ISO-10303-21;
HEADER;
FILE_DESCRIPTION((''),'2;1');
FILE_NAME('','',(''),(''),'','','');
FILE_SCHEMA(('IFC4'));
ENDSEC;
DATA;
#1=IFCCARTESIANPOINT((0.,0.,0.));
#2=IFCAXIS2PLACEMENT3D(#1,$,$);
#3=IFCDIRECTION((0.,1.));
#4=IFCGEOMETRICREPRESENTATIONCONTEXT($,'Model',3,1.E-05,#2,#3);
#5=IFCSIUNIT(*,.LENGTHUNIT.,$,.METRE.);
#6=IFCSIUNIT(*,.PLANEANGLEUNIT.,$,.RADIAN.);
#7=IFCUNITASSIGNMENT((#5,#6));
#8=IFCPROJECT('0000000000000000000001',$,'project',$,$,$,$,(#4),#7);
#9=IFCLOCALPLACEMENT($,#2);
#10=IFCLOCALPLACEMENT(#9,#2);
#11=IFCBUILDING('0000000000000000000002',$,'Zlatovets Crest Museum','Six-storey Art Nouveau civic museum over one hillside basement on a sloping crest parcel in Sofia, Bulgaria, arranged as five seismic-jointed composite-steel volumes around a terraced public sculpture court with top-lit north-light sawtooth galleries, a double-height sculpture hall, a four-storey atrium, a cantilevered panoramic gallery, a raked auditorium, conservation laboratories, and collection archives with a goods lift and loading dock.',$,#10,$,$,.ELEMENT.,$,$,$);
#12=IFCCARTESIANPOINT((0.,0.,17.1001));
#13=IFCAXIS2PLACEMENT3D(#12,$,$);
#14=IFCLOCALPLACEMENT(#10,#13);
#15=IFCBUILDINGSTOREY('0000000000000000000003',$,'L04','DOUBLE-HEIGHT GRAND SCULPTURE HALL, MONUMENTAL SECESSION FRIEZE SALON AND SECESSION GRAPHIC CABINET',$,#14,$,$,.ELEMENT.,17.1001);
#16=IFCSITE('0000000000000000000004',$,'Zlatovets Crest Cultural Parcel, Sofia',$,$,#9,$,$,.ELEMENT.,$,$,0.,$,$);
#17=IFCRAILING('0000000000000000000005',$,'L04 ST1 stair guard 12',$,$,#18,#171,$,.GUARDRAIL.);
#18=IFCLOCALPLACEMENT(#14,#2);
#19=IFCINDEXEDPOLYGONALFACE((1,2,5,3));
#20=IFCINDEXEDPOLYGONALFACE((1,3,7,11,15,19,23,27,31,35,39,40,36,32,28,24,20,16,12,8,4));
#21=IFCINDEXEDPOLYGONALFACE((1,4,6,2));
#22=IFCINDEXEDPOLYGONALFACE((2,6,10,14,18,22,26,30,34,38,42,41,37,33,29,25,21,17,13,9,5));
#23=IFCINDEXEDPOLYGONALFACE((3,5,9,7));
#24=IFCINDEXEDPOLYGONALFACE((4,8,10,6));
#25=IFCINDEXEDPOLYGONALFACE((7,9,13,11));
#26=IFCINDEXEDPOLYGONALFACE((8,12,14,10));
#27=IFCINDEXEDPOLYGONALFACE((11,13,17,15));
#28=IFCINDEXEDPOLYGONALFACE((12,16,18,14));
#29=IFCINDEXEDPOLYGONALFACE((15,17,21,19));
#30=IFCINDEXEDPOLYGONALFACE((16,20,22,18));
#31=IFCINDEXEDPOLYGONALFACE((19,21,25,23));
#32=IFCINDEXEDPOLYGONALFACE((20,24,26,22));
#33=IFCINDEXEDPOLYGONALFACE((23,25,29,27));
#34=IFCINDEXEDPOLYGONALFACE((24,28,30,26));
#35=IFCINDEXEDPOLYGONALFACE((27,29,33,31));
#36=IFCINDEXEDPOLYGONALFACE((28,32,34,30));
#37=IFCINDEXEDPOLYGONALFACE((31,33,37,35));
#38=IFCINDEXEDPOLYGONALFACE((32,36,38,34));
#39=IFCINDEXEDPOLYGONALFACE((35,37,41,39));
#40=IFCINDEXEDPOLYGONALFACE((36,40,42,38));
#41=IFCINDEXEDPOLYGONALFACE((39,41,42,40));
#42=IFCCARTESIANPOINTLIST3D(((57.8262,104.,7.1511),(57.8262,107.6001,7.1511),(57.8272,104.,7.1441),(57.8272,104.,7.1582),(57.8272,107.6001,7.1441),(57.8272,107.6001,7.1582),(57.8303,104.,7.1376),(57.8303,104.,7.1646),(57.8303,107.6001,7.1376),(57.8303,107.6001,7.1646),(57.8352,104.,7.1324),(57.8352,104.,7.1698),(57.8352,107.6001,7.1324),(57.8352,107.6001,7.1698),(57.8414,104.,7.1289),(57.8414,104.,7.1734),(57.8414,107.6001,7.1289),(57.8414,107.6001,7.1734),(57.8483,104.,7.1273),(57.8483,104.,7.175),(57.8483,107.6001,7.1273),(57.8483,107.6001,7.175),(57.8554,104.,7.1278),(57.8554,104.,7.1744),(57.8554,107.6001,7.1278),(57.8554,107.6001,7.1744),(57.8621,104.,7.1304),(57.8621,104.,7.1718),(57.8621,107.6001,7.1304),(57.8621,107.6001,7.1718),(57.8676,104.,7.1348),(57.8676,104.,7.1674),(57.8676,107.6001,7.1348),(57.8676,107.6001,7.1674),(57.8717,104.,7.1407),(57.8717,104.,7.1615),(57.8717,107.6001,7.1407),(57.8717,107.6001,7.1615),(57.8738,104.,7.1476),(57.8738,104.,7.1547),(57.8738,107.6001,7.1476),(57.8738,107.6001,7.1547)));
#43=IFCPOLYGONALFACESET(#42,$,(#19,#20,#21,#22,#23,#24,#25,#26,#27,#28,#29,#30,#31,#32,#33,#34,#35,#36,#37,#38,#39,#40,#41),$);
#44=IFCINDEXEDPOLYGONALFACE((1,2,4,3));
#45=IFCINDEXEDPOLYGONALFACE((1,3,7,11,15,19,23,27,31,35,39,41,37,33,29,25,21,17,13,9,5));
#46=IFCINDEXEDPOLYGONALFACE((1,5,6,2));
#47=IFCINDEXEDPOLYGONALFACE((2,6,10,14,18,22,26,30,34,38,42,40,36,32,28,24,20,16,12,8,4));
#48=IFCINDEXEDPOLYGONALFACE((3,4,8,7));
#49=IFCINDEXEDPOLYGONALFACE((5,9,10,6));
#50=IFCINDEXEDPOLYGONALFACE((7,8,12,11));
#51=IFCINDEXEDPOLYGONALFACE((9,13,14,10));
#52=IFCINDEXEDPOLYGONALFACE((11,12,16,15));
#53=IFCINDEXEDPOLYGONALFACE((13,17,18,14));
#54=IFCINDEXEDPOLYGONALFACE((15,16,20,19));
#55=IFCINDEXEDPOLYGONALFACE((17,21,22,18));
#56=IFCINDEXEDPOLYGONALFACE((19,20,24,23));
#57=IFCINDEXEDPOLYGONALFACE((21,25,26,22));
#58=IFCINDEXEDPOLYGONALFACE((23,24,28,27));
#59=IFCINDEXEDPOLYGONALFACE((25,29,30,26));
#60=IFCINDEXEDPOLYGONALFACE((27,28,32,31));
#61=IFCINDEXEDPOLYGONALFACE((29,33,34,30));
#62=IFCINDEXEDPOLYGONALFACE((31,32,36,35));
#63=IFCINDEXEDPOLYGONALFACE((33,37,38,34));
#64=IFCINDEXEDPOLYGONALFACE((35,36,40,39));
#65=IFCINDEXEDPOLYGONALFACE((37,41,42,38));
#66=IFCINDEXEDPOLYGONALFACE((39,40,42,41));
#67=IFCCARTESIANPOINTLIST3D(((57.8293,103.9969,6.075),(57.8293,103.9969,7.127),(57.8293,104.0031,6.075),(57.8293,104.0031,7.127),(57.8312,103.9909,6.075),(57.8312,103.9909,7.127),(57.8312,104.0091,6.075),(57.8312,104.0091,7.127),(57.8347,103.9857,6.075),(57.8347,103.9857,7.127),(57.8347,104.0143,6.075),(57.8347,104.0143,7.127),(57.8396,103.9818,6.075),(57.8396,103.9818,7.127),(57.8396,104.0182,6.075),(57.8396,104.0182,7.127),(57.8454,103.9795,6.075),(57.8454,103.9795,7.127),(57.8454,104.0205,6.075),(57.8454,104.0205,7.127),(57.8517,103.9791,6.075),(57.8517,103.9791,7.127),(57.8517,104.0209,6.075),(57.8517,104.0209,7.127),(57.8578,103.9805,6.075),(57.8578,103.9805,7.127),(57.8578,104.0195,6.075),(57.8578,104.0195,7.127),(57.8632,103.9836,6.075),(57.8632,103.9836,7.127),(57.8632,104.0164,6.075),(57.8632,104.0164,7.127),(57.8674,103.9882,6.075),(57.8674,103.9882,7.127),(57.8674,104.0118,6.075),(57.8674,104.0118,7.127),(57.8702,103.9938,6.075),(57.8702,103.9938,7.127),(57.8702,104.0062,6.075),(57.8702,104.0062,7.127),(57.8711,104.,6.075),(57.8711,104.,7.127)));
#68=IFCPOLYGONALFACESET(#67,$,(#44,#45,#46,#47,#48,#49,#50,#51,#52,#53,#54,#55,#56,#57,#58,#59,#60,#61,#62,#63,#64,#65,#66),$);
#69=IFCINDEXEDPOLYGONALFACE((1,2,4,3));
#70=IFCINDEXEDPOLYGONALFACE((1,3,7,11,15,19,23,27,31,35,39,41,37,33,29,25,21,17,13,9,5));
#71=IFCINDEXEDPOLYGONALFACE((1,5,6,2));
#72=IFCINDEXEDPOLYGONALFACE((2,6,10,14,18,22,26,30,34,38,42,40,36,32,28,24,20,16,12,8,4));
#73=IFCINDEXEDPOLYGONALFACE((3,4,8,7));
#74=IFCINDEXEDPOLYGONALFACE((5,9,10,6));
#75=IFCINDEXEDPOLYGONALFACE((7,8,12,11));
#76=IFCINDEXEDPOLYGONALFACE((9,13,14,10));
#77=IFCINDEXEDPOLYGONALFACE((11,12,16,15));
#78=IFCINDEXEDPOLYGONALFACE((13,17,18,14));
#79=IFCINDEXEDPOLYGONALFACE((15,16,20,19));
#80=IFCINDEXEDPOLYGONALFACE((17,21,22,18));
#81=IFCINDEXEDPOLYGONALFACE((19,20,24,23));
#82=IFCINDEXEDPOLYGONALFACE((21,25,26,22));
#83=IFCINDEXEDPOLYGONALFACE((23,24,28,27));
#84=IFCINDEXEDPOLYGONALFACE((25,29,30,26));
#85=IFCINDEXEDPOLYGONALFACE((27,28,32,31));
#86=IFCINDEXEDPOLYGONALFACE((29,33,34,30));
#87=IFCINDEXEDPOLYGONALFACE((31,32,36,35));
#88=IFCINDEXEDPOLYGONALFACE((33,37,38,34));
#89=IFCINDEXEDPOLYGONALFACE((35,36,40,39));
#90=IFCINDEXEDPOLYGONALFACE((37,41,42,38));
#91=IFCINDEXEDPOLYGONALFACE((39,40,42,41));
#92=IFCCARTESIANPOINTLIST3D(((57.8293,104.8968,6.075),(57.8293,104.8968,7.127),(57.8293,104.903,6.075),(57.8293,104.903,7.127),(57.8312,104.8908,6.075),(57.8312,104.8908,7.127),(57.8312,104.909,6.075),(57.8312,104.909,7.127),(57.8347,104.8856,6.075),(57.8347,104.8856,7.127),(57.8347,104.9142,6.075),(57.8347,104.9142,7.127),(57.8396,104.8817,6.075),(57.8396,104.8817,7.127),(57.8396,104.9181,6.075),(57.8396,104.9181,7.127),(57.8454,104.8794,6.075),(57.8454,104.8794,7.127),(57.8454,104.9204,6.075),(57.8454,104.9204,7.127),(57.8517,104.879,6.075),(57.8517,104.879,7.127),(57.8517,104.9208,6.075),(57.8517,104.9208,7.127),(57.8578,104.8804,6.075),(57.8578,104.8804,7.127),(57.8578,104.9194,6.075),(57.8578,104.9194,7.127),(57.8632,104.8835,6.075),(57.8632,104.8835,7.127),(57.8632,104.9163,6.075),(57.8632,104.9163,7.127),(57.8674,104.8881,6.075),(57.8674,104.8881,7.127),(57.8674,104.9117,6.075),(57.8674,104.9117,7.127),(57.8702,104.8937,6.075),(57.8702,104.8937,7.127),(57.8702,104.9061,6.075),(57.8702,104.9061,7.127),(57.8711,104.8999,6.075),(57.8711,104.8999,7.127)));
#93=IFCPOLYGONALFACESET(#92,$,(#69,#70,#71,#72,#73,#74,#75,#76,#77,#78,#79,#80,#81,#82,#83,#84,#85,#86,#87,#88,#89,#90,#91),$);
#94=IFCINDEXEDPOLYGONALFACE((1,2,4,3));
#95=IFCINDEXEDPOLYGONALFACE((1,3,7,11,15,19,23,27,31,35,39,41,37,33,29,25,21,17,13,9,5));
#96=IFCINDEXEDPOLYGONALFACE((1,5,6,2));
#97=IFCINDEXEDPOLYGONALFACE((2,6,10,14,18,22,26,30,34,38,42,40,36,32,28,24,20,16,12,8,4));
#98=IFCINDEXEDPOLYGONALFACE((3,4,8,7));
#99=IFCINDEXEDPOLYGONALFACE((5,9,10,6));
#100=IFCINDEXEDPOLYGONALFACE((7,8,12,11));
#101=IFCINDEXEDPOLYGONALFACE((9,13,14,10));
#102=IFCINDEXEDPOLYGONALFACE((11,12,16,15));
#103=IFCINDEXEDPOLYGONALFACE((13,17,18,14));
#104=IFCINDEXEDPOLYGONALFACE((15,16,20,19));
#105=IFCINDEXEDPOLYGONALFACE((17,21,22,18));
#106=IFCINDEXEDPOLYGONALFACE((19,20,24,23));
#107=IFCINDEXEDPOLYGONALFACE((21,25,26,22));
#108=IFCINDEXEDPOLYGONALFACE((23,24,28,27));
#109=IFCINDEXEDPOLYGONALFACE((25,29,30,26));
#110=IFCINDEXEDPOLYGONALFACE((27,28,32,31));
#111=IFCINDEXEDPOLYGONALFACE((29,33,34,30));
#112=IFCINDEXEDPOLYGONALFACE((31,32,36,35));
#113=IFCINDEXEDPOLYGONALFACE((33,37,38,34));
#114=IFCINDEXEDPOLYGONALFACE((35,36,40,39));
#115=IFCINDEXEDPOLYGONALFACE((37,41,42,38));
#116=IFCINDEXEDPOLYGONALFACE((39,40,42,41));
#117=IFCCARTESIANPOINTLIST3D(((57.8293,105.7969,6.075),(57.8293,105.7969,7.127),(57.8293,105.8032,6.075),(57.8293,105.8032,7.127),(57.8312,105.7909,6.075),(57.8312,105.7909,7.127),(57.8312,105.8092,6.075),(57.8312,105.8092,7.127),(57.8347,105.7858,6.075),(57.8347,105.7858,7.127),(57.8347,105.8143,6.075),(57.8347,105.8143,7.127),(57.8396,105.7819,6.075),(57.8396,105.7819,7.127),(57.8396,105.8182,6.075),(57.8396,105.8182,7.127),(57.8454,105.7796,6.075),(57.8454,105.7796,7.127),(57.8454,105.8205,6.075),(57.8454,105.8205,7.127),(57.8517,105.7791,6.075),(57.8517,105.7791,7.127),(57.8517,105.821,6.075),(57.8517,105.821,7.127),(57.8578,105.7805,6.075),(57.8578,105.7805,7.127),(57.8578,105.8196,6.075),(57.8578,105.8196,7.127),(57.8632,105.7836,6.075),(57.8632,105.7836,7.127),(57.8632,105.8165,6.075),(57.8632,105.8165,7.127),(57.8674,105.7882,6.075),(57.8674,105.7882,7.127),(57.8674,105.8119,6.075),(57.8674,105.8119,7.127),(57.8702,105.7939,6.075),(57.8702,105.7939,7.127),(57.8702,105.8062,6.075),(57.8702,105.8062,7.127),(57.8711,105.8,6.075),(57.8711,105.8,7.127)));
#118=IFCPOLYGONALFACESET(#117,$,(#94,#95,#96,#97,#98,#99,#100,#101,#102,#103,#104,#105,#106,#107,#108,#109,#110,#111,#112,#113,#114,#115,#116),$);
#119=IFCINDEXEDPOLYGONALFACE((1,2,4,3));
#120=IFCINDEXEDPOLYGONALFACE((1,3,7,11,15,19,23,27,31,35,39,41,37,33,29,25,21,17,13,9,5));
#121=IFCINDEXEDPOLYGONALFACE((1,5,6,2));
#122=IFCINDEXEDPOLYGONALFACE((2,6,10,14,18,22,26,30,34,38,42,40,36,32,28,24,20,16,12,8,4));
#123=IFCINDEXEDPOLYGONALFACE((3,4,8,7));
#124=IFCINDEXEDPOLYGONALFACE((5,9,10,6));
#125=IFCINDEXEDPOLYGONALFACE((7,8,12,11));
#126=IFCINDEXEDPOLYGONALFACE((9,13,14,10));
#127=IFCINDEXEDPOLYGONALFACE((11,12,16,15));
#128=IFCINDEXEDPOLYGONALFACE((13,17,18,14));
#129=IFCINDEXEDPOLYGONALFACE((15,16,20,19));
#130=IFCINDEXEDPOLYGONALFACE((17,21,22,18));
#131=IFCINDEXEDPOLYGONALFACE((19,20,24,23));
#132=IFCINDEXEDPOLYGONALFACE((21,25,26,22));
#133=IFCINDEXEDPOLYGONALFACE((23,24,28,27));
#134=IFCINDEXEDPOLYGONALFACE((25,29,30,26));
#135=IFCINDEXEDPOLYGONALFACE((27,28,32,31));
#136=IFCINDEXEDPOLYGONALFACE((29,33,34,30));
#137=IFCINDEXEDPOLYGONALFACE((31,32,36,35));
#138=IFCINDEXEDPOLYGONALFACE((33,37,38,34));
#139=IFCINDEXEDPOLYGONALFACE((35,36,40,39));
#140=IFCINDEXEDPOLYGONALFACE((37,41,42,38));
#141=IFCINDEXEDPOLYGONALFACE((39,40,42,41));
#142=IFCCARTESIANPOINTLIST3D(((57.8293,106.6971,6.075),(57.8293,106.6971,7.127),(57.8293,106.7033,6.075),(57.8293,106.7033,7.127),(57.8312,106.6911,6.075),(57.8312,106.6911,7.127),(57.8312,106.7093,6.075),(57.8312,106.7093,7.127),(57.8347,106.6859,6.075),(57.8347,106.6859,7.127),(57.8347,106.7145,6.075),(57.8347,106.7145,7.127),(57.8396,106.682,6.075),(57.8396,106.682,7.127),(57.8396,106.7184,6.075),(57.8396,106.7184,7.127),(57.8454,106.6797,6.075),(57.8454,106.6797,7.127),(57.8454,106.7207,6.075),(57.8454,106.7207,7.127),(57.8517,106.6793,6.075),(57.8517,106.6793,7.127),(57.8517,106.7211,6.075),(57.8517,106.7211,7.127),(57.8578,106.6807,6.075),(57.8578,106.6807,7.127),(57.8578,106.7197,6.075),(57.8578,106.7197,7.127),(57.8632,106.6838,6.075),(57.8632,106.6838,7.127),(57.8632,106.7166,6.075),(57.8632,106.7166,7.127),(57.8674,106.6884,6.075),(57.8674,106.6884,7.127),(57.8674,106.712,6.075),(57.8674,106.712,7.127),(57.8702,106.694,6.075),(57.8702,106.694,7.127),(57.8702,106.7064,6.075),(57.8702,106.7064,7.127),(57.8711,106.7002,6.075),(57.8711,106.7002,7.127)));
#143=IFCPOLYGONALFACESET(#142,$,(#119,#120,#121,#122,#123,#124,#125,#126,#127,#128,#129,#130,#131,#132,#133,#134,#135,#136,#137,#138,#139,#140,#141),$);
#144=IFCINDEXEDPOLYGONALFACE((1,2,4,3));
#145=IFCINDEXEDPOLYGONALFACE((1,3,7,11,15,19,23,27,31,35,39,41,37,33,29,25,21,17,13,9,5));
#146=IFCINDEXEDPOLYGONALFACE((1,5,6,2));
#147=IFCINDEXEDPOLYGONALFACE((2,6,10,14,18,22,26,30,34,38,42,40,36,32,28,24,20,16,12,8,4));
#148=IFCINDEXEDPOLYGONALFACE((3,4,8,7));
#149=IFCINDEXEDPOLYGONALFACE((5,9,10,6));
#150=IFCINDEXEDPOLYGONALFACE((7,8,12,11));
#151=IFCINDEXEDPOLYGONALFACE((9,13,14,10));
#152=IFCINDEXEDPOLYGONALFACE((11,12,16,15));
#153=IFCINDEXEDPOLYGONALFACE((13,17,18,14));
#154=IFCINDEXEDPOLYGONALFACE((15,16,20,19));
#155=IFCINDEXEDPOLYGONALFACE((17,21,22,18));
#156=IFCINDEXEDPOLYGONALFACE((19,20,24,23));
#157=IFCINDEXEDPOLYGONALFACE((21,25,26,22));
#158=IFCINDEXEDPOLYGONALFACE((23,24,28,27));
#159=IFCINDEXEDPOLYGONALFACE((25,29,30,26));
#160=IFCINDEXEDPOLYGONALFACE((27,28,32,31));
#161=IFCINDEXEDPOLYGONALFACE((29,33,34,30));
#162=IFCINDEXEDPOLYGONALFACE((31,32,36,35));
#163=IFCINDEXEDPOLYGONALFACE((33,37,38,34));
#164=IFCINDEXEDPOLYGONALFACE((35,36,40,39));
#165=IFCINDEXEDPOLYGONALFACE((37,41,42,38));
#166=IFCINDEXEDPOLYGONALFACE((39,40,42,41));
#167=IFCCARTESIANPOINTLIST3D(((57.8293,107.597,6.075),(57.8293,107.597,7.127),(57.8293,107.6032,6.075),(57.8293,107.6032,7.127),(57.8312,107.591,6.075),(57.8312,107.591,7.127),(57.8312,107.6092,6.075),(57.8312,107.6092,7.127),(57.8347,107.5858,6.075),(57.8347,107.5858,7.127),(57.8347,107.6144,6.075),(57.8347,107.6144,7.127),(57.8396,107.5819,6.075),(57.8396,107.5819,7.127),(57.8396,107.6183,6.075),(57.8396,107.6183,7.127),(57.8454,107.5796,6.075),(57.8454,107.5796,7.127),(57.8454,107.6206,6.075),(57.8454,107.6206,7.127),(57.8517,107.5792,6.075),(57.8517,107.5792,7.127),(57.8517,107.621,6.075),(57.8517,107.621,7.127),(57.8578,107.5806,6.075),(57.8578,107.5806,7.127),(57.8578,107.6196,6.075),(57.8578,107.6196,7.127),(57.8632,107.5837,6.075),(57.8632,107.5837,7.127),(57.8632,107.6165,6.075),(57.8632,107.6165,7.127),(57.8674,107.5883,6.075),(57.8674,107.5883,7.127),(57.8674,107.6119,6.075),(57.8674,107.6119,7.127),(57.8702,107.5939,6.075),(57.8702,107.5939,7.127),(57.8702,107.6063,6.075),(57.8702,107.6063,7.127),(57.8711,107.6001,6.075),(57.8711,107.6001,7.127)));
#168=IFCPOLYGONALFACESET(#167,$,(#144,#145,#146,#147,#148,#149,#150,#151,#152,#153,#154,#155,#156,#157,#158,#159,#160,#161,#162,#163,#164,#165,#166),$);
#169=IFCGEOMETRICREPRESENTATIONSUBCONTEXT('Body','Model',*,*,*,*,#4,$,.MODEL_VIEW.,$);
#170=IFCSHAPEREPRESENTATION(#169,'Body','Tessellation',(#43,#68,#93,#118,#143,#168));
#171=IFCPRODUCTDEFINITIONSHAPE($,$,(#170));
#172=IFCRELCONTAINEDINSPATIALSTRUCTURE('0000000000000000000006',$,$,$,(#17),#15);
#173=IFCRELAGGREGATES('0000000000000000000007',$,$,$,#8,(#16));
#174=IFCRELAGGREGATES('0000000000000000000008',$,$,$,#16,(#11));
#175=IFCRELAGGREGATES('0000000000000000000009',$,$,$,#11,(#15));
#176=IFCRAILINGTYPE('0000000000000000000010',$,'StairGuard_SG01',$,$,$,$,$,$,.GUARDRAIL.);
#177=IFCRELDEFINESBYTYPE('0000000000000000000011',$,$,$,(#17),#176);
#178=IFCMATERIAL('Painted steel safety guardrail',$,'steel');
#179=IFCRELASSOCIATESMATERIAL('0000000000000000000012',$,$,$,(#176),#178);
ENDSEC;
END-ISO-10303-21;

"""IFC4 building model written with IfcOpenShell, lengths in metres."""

from ifc_helpers import new_model, si_unit, direction, frame, origin, origin_2d, place, context, subcontext, project, spatial, circle, extrude, material, type_object, element, save


model = new_model("IFC4")

# Units and contexts
model_context = context("Model", 3, precision=1e-05, world=origin(), true_north=direction((0.0, 1.0)))
body_context = subcontext(model_context, "Body", "Model", "MODEL_VIEW")
ifc_project = project(units=[si_unit("LENGTHUNIT", "METRE"), si_unit("PLANEANGLEUNIT", "RADIAN")], contexts=[model_context])

# Site, building, storey
site_placement = place(None, origin())
site = spatial("IfcSite", under=ifc_project, at=site_placement, Name="Zlatovets Crest Cultural Parcel, Sofia", CompositionType="ELEMENT", RefElevation=0.0)
building_placement = place(site_placement, origin())
building = spatial("IfcBuilding", under=site, at=building_placement, Name="Zlatovets Crest Museum", Description="Six-storey Art Nouveau civic museum over one hillside basement on a sloping crest parcel in Sofia, Bulgaria, arranged as five seismic-jointed composite-steel volumes around a terraced public sculpture court with top-lit north-light sawtooth galleries, a double-height sculpture hall, a four-storey atrium, a cantilevered panoramic gallery, a raked auditorium, conservation laboratories, and collection archives with a goods lift and loading dock.", CompositionType="ELEMENT")
storey_placement = place(building_placement, frame((0.0, 0.0, 17.1001)))
storey = spatial("IfcBuildingStorey", under=building, at=storey_placement, Name="L04", Description="DOUBLE-HEIGHT GRAND SCULPTURE HALL, MONUMENTAL SECESSION FRIEZE SALON AND SECESSION GRAPHIC CABINET", CompositionType="ELEMENT", Elevation=17.1001)

# Railing
ifc_material_1 = material(Name="Painted steel safety guardrail", Category="steel")
railing_type_1 = type_object("IfcRailingType", Name="StairGuard_SG01", PredefinedType="GUARDRAIL", material=ifc_material_1)
for number, where, name in (
    (1, (57.8501, 104.0, 6.075), "L04 ST1 stair guard 12"),
):
    element("IfcRailing", number, at=place(storey_placement, frame(where)), inside=storey, type_object=railing_type_1, Name=name, PredefinedType="GUARDRAIL", context=body_context, shape_type="SweptSolid", body=[
        extrude(circle(Radius=0.0239, at=origin_2d()), frame((0.0, 0.0, 1.0762), z_axis=(0.0, 1.0, 0.0), x_axis=(-1.0, 0.0, 0.0)), (0.0, 0.0, 1.0), 3.6001),
        extrude(circle(Radius=0.021, at=origin_2d()), origin(), (0.0, 0.0, 1.0), 1.052),
        extrude(circle(Radius=0.021, at=origin_2d()), frame((0.0, 0.8999, 0.0)), (0.0, 0.0, 1.0), 1.052),
        extrude(circle(Radius=0.021, at=origin_2d()), frame((0.0, 1.8, 0.0)), (0.0, 0.0, 1.0), 1.052),
        extrude(circle(Radius=0.021, at=origin_2d()), frame((0.0, 2.7002, 0.0)), (0.0, 0.0, 1.0), 1.052),
        extrude(circle(Radius=0.021, at=origin_2d()), frame((0.0, 3.6001, 0.0)), (0.0, 0.0, 1.0), 1.052),
    ])

save(model, "model.ifc")
